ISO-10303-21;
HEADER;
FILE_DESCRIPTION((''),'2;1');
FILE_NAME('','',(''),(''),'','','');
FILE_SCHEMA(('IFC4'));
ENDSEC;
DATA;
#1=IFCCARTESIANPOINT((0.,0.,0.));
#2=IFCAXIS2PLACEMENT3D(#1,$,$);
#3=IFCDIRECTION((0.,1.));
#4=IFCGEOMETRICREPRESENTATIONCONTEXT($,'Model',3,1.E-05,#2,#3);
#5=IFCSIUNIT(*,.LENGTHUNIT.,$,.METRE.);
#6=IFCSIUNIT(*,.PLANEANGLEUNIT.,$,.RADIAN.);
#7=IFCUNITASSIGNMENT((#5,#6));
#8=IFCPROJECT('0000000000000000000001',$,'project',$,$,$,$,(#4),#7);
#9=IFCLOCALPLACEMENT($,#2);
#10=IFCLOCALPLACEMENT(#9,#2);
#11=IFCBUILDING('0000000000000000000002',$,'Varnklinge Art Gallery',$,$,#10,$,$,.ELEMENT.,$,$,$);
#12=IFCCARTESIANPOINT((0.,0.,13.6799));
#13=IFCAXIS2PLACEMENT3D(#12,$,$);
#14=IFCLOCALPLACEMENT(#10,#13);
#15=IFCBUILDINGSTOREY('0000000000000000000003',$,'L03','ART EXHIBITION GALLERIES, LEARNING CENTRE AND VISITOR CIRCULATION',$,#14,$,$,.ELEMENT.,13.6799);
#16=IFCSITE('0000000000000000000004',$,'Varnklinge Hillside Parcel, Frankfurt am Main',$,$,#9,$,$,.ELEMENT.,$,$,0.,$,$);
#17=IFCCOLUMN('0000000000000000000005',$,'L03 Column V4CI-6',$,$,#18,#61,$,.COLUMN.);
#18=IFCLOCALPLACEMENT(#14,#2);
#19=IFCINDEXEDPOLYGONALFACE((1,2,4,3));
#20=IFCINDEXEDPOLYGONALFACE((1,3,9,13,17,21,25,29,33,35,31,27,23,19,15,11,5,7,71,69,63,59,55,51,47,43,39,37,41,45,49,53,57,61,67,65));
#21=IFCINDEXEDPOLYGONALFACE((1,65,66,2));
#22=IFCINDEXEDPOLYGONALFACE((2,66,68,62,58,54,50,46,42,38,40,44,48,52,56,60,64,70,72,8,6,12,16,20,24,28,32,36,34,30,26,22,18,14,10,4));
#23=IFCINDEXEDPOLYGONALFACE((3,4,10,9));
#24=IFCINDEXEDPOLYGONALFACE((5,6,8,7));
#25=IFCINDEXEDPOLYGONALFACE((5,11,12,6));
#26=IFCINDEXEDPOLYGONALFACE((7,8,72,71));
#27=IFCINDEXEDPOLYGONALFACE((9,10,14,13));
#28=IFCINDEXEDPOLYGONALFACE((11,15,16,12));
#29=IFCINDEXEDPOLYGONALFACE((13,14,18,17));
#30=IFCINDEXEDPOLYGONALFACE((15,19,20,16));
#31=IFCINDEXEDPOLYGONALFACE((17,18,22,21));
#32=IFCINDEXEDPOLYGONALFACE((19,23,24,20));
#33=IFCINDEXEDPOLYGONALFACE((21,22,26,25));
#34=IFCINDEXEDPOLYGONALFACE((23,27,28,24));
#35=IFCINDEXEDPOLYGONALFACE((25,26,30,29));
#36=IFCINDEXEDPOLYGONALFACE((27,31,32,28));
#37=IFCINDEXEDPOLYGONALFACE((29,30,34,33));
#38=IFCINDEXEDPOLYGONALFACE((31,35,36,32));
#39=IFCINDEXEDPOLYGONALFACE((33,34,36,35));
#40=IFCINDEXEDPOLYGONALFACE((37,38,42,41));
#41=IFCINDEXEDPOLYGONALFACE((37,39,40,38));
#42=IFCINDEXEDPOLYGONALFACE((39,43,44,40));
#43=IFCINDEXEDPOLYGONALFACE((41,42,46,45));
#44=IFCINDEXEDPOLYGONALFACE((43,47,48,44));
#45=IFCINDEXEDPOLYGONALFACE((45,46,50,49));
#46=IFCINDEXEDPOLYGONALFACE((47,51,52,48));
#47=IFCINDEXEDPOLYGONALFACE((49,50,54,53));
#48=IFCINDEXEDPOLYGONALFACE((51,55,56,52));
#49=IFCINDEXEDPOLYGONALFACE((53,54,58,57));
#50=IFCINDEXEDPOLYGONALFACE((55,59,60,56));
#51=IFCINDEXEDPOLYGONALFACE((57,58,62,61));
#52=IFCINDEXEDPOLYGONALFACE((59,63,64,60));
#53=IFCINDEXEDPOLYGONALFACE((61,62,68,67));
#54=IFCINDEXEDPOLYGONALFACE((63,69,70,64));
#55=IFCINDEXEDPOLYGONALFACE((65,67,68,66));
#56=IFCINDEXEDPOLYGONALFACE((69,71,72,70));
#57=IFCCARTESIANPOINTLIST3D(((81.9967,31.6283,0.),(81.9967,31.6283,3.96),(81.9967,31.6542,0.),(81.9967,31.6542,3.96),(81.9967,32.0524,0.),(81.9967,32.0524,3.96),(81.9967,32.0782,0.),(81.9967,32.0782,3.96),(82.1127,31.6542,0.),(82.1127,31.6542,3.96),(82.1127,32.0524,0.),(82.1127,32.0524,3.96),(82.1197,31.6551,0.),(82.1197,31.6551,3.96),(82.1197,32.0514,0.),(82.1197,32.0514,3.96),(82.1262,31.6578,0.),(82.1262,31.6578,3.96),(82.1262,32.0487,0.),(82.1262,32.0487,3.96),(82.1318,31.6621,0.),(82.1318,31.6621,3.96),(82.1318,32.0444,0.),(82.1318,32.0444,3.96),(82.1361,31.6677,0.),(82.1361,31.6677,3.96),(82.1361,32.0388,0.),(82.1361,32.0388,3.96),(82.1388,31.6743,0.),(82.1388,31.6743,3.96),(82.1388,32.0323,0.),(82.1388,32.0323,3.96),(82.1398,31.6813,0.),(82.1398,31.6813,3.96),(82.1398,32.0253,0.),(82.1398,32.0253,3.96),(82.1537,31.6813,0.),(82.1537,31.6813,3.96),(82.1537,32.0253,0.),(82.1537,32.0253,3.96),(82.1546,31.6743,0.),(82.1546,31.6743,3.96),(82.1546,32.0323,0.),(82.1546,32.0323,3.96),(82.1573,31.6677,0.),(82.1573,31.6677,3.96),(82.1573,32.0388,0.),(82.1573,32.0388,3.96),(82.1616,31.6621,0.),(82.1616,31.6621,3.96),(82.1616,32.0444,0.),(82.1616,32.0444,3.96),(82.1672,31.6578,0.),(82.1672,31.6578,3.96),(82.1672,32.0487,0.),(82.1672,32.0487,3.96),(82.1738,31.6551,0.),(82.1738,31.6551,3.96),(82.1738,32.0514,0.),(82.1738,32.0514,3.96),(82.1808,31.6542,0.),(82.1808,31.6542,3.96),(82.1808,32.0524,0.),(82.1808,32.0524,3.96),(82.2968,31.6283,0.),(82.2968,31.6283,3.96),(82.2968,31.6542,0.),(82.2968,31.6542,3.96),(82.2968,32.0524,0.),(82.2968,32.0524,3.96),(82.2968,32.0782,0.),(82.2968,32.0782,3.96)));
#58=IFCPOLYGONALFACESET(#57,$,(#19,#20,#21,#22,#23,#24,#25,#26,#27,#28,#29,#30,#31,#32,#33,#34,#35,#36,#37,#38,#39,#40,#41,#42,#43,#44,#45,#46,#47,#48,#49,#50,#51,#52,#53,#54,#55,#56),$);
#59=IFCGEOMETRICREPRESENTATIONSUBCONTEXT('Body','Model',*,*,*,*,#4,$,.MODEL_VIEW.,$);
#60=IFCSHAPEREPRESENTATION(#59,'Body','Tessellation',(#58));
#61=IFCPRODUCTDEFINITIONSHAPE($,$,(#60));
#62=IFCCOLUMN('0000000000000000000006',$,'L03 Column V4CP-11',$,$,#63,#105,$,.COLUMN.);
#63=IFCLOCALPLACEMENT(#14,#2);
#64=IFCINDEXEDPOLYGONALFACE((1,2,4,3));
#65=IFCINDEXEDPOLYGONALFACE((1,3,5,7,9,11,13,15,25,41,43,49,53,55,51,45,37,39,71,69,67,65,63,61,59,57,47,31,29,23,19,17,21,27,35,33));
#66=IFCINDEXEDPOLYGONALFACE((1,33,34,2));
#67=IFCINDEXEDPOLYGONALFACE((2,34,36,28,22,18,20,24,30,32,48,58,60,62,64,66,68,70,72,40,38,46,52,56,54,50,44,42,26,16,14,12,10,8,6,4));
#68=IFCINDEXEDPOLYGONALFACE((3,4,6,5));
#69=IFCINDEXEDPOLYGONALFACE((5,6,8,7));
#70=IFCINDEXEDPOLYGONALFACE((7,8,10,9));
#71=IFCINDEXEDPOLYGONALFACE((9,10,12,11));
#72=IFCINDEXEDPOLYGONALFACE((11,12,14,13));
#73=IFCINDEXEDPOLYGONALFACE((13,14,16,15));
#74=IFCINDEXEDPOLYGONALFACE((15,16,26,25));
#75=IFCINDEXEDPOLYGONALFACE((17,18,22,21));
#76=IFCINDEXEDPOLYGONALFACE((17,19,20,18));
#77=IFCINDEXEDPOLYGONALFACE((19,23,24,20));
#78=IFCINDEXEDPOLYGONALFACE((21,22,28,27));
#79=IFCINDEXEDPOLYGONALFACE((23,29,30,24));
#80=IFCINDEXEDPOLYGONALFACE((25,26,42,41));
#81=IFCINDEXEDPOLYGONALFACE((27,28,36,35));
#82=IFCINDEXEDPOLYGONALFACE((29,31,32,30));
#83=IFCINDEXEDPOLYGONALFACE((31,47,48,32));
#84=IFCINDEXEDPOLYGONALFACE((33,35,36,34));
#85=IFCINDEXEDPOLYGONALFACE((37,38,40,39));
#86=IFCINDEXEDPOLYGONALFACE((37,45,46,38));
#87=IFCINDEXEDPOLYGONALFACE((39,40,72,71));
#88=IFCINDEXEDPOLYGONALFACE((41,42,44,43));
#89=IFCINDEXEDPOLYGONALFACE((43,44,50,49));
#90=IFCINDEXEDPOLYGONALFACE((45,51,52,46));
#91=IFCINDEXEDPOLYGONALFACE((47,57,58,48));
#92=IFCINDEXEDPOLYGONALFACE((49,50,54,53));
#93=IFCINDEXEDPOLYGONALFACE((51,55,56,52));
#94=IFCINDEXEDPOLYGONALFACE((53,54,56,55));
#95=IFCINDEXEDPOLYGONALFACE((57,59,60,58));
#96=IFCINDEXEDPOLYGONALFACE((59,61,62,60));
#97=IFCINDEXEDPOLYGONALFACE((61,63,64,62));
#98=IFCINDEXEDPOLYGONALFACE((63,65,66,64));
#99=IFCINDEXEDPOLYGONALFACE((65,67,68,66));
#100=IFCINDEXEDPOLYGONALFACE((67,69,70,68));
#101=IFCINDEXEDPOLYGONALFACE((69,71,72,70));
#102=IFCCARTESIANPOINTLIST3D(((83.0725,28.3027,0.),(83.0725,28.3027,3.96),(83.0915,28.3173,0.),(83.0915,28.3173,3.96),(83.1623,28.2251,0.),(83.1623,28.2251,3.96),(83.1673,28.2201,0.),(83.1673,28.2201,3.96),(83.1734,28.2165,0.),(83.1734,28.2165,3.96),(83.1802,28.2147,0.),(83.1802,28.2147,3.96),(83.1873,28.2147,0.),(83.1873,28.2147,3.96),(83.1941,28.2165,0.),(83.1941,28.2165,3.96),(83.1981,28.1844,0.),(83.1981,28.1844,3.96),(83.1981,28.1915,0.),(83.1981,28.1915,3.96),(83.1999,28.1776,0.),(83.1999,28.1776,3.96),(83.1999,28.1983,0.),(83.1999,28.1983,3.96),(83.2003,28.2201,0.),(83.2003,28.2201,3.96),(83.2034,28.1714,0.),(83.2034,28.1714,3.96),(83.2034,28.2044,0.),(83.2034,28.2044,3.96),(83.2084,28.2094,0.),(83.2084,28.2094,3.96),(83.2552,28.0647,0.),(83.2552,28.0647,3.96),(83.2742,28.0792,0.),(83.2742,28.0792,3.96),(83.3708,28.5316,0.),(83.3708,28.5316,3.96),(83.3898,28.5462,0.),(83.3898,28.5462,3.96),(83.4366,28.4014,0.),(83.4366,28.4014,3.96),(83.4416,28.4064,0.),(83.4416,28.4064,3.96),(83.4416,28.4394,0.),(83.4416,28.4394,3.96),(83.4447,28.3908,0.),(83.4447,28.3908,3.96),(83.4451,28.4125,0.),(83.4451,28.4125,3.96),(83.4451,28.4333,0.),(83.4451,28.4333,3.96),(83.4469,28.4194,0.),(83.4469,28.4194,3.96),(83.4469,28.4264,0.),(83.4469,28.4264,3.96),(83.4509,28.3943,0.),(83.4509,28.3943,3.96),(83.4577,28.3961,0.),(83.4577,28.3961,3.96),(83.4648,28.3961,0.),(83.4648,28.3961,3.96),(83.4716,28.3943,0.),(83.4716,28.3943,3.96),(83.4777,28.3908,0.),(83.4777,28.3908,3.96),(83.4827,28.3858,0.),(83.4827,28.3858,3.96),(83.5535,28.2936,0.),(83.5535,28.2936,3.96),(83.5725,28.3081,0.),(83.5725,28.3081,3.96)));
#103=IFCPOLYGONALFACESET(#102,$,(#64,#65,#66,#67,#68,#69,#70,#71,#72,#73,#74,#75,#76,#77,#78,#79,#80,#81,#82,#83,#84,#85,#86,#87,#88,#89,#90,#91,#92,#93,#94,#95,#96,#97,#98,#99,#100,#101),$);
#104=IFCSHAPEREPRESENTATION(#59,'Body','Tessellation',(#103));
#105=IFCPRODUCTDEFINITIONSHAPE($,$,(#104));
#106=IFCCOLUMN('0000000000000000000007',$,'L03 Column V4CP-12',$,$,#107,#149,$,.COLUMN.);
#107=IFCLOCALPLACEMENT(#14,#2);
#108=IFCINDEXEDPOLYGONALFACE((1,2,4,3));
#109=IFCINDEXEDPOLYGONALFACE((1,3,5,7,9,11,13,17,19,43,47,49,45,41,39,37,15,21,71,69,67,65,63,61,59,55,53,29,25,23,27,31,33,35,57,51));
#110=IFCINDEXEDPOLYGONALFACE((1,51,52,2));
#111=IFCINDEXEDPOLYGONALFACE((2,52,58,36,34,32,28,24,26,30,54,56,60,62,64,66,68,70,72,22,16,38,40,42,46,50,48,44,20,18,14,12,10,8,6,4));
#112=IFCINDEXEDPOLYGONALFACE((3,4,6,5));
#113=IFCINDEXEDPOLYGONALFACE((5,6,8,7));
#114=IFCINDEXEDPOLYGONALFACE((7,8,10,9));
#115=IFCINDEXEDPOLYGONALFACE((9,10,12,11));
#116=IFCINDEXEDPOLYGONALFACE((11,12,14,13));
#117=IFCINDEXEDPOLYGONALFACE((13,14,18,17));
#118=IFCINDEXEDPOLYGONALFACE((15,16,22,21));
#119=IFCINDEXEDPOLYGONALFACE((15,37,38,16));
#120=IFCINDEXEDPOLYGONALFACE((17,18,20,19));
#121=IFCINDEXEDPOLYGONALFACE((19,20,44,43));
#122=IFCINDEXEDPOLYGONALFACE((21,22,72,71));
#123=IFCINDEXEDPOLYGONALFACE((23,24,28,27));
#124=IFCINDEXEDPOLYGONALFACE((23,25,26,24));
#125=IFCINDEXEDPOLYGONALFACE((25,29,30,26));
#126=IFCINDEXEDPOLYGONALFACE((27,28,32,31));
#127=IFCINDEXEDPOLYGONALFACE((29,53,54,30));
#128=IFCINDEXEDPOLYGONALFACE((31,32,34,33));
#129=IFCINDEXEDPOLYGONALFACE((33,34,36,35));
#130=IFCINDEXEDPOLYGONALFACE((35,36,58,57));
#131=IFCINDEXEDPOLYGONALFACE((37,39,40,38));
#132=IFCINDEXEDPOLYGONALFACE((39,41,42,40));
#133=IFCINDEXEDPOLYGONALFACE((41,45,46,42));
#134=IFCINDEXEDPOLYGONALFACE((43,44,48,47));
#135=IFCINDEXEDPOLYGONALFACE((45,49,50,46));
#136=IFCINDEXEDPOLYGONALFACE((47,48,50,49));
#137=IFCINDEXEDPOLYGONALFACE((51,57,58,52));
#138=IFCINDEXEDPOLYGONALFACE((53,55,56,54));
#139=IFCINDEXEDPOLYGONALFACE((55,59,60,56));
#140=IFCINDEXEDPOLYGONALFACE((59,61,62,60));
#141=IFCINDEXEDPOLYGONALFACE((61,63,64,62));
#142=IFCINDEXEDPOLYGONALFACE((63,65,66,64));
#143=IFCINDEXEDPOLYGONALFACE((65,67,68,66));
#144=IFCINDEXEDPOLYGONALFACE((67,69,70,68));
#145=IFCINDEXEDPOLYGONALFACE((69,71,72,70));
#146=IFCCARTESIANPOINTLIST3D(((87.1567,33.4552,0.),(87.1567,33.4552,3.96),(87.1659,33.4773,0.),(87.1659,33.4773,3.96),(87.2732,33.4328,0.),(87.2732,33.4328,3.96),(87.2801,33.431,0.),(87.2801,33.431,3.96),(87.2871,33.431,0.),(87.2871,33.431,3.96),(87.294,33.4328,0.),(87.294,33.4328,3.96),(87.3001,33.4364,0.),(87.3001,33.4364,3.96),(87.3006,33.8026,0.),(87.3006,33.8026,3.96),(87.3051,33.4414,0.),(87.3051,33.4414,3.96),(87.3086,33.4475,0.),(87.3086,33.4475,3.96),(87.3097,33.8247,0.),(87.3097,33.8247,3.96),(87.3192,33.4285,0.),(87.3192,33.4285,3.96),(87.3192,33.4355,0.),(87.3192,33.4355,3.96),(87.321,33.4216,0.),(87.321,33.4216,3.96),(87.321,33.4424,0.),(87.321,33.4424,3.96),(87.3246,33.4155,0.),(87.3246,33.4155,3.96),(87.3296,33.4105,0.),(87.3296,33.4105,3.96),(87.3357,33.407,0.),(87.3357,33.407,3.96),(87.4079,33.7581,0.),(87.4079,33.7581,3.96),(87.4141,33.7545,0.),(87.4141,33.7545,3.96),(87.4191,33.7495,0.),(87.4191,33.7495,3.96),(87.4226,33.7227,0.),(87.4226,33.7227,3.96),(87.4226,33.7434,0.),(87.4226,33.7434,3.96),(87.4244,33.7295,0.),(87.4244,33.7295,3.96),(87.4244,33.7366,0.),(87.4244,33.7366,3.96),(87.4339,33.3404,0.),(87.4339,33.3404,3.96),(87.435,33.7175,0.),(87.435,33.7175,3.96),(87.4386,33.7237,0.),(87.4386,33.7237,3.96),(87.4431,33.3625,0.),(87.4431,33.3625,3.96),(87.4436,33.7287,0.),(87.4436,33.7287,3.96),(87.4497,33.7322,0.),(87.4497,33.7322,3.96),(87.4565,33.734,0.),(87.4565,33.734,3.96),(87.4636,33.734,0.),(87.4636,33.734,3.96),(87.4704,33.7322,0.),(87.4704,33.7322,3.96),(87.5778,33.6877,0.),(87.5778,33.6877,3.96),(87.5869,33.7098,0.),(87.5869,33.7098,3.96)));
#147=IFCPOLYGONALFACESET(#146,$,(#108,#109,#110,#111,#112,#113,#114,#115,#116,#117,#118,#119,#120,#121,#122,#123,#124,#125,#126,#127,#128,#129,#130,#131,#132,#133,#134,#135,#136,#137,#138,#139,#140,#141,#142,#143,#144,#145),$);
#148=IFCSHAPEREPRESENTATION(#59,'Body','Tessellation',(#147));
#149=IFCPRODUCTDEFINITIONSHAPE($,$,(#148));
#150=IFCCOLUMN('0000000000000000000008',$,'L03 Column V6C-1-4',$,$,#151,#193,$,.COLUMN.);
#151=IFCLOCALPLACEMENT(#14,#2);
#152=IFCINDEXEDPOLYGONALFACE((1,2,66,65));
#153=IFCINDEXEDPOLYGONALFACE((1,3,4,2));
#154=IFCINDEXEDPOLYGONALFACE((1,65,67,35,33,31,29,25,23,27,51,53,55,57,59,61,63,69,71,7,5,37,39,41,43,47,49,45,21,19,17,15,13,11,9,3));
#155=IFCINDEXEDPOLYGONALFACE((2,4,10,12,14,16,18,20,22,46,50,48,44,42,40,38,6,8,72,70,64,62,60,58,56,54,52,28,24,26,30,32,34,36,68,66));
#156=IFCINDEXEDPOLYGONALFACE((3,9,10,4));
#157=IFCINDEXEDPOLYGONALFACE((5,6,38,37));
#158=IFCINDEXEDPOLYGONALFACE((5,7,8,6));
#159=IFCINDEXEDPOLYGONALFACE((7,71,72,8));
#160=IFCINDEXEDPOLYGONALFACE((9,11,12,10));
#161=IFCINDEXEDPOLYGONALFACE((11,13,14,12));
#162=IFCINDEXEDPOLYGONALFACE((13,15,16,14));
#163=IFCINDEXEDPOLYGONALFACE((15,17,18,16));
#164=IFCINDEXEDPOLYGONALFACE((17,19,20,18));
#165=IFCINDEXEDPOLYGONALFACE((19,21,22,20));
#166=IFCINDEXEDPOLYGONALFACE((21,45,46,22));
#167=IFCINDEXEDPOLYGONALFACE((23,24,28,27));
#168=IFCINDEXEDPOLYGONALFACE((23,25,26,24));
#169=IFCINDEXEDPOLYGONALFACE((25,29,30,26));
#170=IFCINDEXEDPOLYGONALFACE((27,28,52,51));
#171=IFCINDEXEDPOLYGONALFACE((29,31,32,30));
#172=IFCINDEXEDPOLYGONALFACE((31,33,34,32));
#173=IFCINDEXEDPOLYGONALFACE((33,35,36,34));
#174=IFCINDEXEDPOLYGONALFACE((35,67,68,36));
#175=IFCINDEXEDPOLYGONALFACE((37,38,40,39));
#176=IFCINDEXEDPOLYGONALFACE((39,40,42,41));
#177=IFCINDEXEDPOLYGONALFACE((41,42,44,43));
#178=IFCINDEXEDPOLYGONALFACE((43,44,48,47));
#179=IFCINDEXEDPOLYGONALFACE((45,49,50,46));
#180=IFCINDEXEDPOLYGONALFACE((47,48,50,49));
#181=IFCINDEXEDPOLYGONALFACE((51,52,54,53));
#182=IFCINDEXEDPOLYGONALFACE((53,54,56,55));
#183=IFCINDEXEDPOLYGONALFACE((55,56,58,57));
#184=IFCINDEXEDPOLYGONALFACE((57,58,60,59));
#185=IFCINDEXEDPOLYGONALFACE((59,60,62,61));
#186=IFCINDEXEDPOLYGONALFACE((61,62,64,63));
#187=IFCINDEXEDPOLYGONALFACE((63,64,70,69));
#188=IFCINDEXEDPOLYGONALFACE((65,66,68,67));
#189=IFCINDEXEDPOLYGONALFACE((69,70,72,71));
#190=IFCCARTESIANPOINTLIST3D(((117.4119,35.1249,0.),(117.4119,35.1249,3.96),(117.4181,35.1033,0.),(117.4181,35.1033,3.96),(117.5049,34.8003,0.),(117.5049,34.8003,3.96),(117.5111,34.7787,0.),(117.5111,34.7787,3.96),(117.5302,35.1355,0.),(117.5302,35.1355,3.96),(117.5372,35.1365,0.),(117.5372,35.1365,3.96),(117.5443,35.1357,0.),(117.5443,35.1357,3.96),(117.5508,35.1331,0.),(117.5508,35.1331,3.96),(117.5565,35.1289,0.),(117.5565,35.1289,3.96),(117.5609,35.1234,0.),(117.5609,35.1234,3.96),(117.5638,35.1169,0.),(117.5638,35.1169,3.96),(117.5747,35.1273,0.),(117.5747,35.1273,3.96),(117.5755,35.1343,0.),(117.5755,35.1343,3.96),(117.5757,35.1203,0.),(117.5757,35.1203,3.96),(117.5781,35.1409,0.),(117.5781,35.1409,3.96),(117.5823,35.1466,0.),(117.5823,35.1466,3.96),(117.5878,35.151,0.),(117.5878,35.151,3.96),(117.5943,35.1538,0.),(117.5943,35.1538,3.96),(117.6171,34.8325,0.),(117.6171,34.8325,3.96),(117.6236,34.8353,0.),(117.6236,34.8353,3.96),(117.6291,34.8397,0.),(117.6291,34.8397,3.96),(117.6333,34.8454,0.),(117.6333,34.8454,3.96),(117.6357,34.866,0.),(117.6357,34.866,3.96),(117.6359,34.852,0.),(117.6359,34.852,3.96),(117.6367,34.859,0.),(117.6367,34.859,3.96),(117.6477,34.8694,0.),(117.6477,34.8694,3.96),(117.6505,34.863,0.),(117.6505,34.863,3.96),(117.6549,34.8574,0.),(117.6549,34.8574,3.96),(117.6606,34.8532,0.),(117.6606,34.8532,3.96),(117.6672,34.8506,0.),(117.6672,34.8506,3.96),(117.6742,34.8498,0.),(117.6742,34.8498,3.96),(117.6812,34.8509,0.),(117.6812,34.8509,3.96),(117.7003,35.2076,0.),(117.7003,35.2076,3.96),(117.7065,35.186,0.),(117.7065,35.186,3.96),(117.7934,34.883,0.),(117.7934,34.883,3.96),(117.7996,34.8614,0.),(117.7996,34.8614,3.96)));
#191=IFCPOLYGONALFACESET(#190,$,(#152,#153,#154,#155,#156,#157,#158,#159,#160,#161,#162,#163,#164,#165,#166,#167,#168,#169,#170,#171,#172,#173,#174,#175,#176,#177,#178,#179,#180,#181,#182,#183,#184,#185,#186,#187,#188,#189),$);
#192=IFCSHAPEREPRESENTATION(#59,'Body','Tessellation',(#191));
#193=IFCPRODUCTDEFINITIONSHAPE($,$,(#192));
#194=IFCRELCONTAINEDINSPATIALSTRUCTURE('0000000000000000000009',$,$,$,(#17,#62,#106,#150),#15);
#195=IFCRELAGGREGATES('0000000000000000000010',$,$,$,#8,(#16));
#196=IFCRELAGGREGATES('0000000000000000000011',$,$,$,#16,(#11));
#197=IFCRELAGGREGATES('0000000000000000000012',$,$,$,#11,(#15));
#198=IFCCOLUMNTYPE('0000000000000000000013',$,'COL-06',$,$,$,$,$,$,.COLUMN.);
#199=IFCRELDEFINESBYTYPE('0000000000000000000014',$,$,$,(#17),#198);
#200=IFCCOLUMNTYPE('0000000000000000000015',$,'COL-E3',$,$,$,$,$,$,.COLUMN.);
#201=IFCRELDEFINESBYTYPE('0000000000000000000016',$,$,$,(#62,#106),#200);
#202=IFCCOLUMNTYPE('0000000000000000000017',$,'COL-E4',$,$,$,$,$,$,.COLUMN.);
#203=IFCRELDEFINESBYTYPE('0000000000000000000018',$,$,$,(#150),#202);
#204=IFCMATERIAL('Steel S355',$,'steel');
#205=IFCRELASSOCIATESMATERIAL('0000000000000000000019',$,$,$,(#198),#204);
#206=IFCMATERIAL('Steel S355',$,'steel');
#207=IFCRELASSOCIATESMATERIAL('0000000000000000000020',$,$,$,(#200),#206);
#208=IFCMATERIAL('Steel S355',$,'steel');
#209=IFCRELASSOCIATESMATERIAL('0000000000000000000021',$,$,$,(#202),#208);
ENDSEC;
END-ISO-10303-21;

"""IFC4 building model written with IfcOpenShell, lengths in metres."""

from ifc_helpers import new_model, si_unit, direction, frame, origin, origin_2d, place, context, subcontext, project, spatial, i_section, extrude, material, material_profile, profile_set, type_object, element, save


model = new_model("IFC4")

# Units and contexts
model_context = context("Model", 3, precision=1e-05, world=origin(), true_north=direction((0.0, 1.0)))
body_context = subcontext(model_context, "Body", "Model", "MODEL_VIEW")
ifc_project = project(units=[si_unit("LENGTHUNIT", "METRE"), si_unit("PLANEANGLEUNIT", "RADIAN")], contexts=[model_context])

# Site, building, storey
site_placement = place(None, origin())
site = spatial("IfcSite", under=ifc_project, at=site_placement, Name="Varnklinge Hillside Parcel, Frankfurt am Main", CompositionType="ELEMENT", RefElevation=0.0)
building_placement = place(site_placement, origin())
building = spatial("IfcBuilding", under=site, at=building_placement, Name="Varnklinge Art Gallery", CompositionType="ELEMENT")
storey_placement = place(building_placement, frame((0.0, 0.0, 13.6799)))
storey = spatial("IfcBuildingStorey", under=building, at=storey_placement, Name="L03", Description="ART EXHIBITION GALLERIES, LEARNING CENTRE AND VISITOR CIRCULATION", CompositionType="ELEMENT", Elevation=13.6799)

# Columns
ifc_material_1 = material(Name="Steel S355", Category="steel")
ifc_material_profile_1 = material_profile(ifc_material_1, i_section(OverallWidth=0.3, OverallDepth=0.45, WebThickness=0.0139, FlangeThickness=0.0259, FilletRadius=0.0271, at=origin_2d()), Name="HEB 450")
ifc_profile_set_1 = profile_set([ifc_material_profile_1], Name="Steel S355")
column_type_1 = type_object("IfcColumnType", Name="COL-06", PredefinedType="COLUMN", material=ifc_profile_set_1)
column_1_placement = place(storey_placement, frame((82.1467, 31.8533, 0.0), z_axis=(0.0, 0.0, 1.0), x_axis=(1.0, 0.0, 0.0)))
element("IfcColumn", 1, at=column_1_placement, inside=storey, type_object=column_type_1, Name="L03 Column V4CI-6", PredefinedType="COLUMN", context=body_context, shape_type="SweptSolid", body=[
    extrude(i_section(OverallWidth=0.3, OverallDepth=0.45, WebThickness=0.0139, FlangeThickness=0.0259, FilletRadius=0.0271, at=origin_2d()), origin(), (0.0, 0.0, 1.0), 3.96),
])
ifc_material_2 = material(Name="Steel S355", Category="steel")
ifc_material_profile_2 = material_profile(ifc_material_2, i_section(OverallWidth=0.3, OverallDepth=0.3999, WebThickness=0.0134, FlangeThickness=0.0239, FilletRadius=0.0271, at=origin_2d()), Name="HEB 400")
ifc_profile_set_2 = profile_set([ifc_material_profile_2], Name="Steel S355")
column_type_2 = type_object("IfcColumnType", Name="COL-E3", PredefinedType="COLUMN", material=ifc_profile_set_2)
for number, where, z_axis, x_axis, name in (
    (2, (83.3225, 28.3054, 0.0), (0.0, 0.0, 1.0), (0.608761, -0.793353, 0.0), "L03 Column V4CP-11"),
    (3, (87.3718, 33.5825, 0.0), (0.0, 0.0, 1.0), (0.92388, -0.382683, 0.0), "L03 Column V4CP-12"),
):
    element("IfcColumn", number, at=place(storey_placement, frame(where, z_axis=z_axis, x_axis=x_axis)), inside=storey, type_object=column_type_2, Name=name, PredefinedType="COLUMN", context=body_context, shape_type="SweptSolid", body=[
        extrude(i_section(OverallWidth=0.3, OverallDepth=0.3999, WebThickness=0.0134, FlangeThickness=0.0239, FilletRadius=0.0271, at=origin_2d()), origin(), (0.0, 0.0, 1.0), 3.96),
    ])
ifc_material_3 = material(Name="Steel S355", Category="steel")
ifc_material_profile_3 = material_profile(ifc_material_3, i_section(OverallWidth=0.3, OverallDepth=0.3601, WebThickness=0.0125, FlangeThickness=0.0225, FilletRadius=0.0271, at=origin_2d()), Name="HEB 360")
ifc_profile_set_3 = profile_set([ifc_material_profile_3], Name="Steel S355")
column_type_3 = type_object("IfcColumnType", Name="COL-E4", PredefinedType="COLUMN", material=ifc_profile_set_3)
column_2_placement = place(storey_placement, frame((117.6057, 34.9932, 0.0), z_axis=(0.0, 0.0, 1.0), x_axis=(0.961262, 0.275637, 0.0)))
element("IfcColumn", 4, at=column_2_placement, inside=storey, type_object=column_type_3, Name="L03 Column V6C-1-4", PredefinedType="COLUMN", context=body_context, shape_type="SweptSolid", body=[
    extrude(i_section(OverallWidth=0.3, OverallDepth=0.3601, WebThickness=0.0125, FlangeThickness=0.0225, FilletRadius=0.0271, at=origin_2d()), origin(), (0.0, 0.0, 1.0), 3.96),
])

save(model, "model.ifc")
